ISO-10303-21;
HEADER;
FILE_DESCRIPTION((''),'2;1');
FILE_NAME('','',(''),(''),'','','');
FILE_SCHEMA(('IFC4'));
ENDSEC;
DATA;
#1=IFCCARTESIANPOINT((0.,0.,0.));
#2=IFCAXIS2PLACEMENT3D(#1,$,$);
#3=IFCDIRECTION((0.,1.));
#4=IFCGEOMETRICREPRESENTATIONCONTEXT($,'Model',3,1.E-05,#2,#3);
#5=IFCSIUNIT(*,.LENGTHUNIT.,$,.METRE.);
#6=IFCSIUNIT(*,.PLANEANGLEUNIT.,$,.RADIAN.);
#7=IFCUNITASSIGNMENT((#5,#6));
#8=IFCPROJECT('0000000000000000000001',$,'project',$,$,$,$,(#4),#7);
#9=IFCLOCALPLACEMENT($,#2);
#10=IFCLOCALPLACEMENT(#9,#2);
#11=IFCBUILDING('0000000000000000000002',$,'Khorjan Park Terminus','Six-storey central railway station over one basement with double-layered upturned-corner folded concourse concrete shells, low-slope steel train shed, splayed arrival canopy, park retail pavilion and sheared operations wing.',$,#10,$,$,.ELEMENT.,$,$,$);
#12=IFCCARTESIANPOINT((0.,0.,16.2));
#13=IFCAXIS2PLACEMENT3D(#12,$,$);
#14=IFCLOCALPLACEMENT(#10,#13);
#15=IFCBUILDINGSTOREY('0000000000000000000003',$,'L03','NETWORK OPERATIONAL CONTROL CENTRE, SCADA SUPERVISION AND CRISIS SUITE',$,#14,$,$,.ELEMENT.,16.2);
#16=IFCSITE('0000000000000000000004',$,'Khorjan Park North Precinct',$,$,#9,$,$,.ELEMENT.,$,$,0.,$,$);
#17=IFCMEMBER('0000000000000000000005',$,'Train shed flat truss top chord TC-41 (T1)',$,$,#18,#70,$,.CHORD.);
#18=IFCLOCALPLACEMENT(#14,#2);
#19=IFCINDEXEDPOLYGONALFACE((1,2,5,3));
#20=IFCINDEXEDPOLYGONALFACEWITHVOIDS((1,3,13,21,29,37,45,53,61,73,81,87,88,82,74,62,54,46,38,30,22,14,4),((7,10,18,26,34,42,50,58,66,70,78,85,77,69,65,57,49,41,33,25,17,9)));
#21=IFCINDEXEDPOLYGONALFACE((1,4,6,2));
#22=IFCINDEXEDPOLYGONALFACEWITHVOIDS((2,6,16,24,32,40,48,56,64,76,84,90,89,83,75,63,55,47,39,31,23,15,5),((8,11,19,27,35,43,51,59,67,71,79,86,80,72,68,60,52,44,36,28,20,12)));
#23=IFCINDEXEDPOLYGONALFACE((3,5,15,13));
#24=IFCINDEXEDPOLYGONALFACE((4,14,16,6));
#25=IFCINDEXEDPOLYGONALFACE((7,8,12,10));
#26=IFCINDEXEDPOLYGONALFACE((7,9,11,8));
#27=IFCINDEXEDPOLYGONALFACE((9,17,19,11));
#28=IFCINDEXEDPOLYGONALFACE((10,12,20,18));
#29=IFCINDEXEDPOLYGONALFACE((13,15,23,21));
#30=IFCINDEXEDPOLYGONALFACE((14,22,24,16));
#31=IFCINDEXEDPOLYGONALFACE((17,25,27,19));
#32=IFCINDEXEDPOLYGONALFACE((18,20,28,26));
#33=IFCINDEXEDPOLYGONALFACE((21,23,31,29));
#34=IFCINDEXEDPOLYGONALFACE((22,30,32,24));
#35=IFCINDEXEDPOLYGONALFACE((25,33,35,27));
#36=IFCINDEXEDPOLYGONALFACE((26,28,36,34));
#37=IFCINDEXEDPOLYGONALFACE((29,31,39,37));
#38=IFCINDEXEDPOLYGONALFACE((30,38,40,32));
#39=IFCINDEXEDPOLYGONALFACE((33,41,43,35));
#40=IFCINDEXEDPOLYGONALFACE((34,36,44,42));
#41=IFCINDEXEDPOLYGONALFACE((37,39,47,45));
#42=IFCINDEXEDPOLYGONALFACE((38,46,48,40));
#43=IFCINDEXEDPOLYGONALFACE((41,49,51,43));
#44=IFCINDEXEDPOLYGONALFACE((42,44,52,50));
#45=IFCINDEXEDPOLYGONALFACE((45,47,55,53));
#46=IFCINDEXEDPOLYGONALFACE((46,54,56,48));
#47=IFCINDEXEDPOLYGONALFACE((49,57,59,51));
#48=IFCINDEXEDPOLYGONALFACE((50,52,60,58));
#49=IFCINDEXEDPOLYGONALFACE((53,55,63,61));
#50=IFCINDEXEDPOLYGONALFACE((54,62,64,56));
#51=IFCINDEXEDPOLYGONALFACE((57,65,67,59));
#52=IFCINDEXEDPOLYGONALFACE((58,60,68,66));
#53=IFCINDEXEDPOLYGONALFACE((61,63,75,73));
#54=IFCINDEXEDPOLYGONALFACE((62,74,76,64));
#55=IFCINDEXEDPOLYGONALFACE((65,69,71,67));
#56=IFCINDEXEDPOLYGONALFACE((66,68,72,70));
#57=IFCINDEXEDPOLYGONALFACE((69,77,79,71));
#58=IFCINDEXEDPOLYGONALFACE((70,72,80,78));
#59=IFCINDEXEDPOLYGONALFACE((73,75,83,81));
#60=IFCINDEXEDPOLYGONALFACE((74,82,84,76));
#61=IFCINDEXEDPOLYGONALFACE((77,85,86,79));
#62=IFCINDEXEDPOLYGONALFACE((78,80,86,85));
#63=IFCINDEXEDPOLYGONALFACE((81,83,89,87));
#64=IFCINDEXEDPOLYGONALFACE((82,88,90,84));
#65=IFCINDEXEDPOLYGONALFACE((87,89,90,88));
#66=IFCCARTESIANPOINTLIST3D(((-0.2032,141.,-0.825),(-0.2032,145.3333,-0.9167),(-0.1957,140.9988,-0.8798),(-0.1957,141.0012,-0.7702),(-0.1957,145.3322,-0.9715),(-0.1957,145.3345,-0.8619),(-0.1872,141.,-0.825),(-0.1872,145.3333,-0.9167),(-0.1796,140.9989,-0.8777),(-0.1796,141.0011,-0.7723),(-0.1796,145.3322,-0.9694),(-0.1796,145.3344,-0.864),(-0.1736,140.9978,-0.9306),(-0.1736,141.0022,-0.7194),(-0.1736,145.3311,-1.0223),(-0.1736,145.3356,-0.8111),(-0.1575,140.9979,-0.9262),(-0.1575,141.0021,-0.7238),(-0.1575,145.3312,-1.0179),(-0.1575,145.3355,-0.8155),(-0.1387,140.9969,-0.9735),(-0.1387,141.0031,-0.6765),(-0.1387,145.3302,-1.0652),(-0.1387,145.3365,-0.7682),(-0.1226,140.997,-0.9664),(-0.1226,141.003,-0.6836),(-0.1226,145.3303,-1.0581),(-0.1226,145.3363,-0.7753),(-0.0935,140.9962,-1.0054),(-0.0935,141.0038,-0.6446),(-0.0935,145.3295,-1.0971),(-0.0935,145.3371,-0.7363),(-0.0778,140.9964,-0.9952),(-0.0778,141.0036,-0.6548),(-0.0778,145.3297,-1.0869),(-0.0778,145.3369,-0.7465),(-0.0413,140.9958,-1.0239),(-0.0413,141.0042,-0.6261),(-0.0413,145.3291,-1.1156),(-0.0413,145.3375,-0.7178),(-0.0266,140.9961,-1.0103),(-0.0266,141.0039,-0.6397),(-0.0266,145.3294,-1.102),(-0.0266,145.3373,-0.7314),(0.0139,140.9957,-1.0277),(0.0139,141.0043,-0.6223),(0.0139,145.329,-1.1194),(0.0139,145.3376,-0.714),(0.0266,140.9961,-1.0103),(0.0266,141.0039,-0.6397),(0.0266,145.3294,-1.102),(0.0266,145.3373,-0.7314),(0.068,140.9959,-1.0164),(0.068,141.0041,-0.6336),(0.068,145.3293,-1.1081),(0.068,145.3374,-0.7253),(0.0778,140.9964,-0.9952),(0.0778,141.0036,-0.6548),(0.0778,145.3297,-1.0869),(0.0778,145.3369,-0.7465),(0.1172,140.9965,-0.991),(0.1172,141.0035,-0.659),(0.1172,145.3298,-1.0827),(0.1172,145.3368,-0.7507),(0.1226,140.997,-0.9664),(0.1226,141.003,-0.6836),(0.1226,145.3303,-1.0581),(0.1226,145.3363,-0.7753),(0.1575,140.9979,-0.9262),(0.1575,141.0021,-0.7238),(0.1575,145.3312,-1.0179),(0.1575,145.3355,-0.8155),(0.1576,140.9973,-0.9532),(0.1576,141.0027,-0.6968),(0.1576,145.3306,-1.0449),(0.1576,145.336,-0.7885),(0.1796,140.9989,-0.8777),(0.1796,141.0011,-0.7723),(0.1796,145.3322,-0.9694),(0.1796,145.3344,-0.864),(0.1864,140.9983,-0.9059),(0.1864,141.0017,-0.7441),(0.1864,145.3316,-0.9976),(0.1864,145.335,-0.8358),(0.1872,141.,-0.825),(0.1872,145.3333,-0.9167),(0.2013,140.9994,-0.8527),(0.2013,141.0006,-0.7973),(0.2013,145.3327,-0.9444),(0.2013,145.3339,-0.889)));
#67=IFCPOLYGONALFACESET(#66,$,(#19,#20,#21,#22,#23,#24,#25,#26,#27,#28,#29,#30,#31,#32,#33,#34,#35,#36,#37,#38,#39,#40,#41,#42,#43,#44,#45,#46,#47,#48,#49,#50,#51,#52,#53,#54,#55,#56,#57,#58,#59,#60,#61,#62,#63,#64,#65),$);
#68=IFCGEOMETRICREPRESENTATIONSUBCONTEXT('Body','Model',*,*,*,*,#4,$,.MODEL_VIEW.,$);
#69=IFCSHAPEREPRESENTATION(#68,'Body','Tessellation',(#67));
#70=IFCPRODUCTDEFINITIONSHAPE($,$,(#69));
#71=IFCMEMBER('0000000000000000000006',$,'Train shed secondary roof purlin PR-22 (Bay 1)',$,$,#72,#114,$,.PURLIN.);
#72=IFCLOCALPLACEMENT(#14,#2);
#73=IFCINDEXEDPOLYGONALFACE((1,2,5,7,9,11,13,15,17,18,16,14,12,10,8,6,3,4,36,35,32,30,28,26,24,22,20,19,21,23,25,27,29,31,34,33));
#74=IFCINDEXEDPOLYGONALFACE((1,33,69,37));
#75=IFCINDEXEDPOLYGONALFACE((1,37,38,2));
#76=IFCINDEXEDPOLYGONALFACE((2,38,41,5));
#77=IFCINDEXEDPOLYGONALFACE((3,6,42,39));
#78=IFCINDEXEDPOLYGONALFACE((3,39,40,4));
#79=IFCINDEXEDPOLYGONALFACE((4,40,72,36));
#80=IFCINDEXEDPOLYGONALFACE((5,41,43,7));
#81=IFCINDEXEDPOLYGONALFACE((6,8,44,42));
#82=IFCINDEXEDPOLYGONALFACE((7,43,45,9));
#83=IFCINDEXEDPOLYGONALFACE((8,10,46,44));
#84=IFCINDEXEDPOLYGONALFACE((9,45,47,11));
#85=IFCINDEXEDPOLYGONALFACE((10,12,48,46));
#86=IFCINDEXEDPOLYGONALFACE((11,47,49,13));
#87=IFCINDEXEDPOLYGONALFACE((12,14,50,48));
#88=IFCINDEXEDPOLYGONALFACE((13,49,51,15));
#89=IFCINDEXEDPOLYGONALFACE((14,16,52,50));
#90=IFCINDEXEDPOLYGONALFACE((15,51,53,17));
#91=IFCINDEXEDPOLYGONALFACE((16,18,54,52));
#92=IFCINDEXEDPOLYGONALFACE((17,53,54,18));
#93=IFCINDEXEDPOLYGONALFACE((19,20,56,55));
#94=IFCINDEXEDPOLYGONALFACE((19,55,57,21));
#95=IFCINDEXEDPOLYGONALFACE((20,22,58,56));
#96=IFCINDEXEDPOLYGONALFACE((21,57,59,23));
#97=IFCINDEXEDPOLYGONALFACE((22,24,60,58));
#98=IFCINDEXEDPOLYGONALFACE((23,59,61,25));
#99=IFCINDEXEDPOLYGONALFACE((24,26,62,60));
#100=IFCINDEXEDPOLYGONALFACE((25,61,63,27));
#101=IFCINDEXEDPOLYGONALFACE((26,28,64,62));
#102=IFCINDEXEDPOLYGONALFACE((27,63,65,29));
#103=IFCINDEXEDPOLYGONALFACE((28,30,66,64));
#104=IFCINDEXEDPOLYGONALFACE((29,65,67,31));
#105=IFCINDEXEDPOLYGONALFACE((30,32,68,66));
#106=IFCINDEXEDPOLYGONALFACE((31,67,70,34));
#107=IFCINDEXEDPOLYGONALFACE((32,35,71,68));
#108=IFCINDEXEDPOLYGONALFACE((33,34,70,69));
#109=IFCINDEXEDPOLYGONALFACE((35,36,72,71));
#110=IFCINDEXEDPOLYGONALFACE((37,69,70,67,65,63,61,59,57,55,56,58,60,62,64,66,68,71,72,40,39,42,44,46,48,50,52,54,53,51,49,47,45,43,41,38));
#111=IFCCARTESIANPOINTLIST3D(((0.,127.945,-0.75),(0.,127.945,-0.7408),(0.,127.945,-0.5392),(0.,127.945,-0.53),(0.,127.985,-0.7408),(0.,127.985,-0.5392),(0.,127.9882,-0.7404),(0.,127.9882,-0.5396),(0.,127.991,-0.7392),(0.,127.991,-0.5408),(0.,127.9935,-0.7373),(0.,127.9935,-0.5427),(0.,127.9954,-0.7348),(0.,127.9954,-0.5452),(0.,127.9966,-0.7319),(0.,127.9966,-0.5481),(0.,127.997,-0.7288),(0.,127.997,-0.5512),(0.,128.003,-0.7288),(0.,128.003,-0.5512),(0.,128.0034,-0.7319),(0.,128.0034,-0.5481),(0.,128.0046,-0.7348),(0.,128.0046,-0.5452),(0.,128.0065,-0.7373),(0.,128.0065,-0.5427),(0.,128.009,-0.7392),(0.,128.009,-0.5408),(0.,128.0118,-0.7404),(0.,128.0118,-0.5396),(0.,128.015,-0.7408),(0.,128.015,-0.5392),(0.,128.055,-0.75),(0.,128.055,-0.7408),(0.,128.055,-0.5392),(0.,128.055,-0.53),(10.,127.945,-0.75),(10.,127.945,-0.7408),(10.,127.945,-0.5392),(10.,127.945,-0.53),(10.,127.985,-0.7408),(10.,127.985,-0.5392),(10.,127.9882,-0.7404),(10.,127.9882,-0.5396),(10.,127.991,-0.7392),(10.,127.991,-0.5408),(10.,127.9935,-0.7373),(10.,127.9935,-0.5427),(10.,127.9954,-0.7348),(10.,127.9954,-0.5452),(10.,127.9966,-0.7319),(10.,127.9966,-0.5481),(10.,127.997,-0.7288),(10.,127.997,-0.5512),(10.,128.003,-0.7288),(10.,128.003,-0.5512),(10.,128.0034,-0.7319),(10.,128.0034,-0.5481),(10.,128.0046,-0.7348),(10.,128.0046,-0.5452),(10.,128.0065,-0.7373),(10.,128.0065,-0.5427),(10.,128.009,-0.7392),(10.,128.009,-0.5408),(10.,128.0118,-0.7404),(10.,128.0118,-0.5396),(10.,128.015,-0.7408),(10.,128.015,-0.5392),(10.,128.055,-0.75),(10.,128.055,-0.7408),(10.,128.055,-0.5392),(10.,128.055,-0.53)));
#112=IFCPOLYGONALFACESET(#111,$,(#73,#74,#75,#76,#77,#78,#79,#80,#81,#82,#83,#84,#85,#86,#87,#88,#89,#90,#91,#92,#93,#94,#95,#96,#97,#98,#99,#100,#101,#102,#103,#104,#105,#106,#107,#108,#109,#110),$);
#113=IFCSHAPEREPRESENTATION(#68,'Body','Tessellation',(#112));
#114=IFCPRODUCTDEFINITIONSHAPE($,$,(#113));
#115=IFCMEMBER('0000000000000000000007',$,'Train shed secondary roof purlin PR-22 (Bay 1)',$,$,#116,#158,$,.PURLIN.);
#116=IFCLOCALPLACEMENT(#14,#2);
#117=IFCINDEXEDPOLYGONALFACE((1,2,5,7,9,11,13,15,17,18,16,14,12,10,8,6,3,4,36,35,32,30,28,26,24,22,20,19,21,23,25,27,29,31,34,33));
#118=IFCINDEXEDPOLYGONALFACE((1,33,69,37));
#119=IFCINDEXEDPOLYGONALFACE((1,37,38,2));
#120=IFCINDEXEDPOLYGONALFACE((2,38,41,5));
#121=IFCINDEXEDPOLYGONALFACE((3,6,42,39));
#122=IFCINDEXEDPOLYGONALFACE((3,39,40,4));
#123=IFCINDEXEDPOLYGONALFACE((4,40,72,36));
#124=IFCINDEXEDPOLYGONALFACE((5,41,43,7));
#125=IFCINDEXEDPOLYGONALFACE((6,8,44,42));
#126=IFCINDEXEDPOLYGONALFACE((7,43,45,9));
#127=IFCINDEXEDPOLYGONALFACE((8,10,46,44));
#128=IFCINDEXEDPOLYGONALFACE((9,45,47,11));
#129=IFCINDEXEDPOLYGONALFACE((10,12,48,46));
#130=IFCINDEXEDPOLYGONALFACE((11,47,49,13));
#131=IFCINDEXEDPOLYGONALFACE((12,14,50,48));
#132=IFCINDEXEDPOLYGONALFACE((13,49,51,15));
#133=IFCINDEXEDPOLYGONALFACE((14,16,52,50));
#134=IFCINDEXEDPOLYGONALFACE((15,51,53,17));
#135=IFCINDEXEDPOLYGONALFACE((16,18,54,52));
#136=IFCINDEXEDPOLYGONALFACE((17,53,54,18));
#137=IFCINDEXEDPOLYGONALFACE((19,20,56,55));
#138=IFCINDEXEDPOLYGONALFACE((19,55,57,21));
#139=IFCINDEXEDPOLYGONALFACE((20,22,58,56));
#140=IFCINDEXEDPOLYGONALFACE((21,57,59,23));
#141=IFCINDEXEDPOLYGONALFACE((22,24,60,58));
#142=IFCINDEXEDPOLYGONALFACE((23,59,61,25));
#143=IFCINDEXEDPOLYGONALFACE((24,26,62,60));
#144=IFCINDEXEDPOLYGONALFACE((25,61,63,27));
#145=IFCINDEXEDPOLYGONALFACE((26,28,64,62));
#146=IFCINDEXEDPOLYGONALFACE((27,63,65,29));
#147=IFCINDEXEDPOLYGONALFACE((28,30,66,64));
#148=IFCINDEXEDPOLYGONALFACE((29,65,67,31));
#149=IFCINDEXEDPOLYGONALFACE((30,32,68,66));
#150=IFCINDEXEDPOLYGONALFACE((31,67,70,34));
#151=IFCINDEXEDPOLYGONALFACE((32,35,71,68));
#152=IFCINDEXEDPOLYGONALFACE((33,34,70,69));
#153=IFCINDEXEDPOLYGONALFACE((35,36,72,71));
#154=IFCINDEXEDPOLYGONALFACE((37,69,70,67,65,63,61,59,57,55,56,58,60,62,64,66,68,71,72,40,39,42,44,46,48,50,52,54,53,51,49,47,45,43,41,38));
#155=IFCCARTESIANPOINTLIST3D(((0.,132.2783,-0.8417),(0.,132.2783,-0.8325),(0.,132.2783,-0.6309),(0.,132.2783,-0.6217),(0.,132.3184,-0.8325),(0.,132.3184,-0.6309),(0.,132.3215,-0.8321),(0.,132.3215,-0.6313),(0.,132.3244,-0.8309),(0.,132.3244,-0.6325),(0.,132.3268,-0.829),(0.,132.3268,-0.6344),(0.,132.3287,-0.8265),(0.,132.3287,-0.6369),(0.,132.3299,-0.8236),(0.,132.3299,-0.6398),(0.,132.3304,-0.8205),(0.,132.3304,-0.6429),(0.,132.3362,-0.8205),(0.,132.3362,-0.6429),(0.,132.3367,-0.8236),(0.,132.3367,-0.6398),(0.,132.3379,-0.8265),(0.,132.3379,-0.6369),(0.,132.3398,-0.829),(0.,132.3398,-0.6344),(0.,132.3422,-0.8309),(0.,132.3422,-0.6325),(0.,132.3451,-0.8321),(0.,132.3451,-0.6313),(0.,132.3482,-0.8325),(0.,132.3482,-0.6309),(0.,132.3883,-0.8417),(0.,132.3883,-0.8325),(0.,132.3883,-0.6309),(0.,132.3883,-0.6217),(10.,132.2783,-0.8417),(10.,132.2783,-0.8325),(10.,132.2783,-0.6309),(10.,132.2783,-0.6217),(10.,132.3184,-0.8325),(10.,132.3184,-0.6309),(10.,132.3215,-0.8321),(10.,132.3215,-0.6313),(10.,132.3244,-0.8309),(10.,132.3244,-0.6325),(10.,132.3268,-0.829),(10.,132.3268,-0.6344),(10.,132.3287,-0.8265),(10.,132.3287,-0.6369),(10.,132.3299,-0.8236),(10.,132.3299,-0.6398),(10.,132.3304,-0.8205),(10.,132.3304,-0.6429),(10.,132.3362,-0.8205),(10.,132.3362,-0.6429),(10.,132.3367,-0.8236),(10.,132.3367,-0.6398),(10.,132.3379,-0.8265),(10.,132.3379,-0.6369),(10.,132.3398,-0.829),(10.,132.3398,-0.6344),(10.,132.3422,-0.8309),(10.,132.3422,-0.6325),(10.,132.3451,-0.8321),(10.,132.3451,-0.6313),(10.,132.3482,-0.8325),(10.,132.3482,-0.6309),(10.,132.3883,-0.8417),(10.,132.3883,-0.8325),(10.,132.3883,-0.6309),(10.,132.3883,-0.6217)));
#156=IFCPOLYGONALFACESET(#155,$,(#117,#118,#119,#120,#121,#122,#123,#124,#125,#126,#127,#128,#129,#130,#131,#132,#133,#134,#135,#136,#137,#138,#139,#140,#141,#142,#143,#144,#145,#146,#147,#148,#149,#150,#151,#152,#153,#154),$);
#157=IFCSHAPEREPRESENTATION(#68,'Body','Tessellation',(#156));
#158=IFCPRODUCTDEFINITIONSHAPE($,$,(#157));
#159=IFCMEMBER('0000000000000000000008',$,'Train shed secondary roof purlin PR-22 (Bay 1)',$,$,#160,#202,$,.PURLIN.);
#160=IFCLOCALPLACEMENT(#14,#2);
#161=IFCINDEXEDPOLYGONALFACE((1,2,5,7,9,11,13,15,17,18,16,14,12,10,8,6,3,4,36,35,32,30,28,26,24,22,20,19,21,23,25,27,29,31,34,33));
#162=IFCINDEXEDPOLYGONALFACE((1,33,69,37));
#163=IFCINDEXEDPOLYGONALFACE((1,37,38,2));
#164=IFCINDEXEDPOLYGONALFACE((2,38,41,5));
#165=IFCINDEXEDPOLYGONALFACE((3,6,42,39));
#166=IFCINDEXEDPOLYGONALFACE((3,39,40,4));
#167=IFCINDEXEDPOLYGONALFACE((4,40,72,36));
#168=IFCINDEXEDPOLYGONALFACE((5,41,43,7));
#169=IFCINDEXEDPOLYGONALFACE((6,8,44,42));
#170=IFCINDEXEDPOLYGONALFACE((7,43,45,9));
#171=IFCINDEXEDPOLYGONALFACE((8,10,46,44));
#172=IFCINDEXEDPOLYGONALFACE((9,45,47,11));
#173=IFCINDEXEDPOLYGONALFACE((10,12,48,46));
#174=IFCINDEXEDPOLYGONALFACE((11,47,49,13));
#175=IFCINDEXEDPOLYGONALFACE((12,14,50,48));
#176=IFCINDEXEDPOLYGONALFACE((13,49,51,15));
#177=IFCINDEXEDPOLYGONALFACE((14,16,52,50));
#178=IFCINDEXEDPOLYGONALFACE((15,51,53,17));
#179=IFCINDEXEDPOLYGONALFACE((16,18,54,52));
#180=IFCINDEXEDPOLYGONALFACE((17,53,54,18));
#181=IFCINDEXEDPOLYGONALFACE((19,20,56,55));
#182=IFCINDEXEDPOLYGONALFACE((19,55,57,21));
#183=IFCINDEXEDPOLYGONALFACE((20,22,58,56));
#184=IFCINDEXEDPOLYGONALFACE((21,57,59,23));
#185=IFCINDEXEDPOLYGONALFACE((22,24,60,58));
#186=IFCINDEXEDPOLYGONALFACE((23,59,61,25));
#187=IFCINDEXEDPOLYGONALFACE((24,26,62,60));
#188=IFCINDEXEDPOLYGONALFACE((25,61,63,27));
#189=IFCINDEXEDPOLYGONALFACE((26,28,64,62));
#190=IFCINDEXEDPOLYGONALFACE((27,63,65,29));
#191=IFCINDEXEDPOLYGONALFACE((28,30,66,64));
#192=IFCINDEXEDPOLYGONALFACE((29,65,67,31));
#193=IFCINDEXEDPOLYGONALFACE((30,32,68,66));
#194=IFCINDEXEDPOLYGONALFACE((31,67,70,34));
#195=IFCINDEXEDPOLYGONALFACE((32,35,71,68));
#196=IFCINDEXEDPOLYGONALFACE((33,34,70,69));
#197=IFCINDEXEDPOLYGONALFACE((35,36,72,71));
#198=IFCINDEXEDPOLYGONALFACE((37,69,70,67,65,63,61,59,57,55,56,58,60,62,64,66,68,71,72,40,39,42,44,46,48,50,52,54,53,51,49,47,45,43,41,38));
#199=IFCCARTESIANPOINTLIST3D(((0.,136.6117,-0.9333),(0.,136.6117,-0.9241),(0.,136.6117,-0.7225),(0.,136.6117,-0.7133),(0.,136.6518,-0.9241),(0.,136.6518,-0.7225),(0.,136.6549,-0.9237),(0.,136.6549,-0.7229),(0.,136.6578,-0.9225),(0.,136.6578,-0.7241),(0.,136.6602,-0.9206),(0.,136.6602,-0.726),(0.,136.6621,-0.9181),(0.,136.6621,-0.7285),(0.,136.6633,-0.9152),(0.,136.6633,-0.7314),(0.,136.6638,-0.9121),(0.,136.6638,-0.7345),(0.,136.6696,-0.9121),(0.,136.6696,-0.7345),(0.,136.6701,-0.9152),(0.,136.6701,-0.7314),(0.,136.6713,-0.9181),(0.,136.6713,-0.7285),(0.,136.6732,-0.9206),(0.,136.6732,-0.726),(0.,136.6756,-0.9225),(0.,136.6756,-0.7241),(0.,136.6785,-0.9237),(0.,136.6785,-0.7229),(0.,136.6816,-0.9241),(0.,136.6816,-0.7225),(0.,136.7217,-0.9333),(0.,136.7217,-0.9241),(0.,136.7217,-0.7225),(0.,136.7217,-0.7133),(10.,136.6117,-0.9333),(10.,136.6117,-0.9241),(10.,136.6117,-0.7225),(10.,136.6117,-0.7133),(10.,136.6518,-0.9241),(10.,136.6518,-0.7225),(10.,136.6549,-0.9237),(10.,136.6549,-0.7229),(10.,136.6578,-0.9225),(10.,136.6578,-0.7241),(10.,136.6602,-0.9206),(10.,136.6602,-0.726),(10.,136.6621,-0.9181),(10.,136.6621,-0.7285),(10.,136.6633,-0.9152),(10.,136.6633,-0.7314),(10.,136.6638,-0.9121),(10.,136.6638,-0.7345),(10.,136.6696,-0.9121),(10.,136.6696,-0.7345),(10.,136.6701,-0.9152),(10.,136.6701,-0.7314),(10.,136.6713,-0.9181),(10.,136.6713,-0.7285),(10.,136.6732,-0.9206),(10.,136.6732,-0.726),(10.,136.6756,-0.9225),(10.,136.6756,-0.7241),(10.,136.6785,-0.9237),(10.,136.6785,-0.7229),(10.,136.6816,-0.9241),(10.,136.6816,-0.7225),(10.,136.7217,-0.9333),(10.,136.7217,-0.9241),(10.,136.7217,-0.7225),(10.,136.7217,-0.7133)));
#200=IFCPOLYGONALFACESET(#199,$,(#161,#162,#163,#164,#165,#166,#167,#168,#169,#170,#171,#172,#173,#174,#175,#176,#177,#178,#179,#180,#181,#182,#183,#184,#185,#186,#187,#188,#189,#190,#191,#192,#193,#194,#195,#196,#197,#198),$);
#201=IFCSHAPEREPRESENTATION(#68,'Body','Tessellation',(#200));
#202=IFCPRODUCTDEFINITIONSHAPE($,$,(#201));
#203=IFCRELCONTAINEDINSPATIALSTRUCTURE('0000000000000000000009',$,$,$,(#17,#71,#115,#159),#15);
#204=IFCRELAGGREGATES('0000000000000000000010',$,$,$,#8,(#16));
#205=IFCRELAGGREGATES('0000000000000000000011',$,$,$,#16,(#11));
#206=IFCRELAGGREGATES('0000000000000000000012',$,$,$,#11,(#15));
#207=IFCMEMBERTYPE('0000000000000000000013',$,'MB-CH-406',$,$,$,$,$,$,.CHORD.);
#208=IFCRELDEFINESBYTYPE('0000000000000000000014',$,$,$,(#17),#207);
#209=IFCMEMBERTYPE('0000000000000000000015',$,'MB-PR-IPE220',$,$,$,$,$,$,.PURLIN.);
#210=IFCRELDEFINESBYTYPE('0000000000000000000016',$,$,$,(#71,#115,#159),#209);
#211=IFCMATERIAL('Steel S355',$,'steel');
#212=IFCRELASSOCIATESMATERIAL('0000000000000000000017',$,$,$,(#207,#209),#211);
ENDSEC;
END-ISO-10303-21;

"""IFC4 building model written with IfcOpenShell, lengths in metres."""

from ifc_helpers import new_model, si_unit, direction, frame, origin, origin_2d, place, context, subcontext, project, spatial, hollow_circle, i_section, extrude, material, material_profile, profile_set, type_object, element, save


model = new_model("IFC4")

# Units and contexts
model_context = context("Model", 3, precision=1e-05, world=origin(), true_north=direction((0.0, 1.0)))
body_context = subcontext(model_context, "Body", "Model", "MODEL_VIEW")
ifc_project = project(units=[si_unit("LENGTHUNIT", "METRE"), si_unit("PLANEANGLEUNIT", "RADIAN")], contexts=[model_context])

# Site, building, storey
site_placement = place(None, origin())
site = spatial("IfcSite", under=ifc_project, at=site_placement, Name="Khorjan Park North Precinct", CompositionType="ELEMENT", RefElevation=0.0)
building_placement = place(site_placement, origin())
building = spatial("IfcBuilding", under=site, at=building_placement, Name="Khorjan Park Terminus", Description="Six-storey central railway station over one basement with double-layered upturned-corner folded concourse concrete shells, low-slope steel train shed, splayed arrival canopy, park retail pavilion and sheared operations wing.", CompositionType="ELEMENT")
storey_placement = place(building_placement, frame((0.0, 0.0, 16.2)))
storey = spatial("IfcBuildingStorey", under=building, at=storey_placement, Name="L03", Description="NETWORK OPERATIONAL CONTROL CENTRE, SCADA SUPERVISION AND CRISIS SUITE", CompositionType="ELEMENT", Elevation=16.2)

# Members
ifc_material_1 = material(Name="Steel S355", Category="steel")
ifc_material_profile_1 = material_profile(ifc_material_1, hollow_circle(Radius=0.2032, WallThickness=0.016, at=origin_2d()), Name="CHS 406.4x16")
ifc_profile_set_1 = profile_set([ifc_material_profile_1], Name="Steel S355")
member_type_1 = type_object("IfcMemberType", Name="MB-CH-406", PredefinedType="CHORD", material=ifc_profile_set_1)
for number, where, z_axis, x_axis, name in (
    (1, (0.0, 141.0, -0.825), (0.0, 0.999776, -0.021157), (-1.0, 0.0, 0.0), "Train shed flat truss top chord TC-41 (T1)"),
):
    element("IfcMember", number, at=place(storey_placement, frame(where, z_axis=z_axis, x_axis=x_axis)), inside=storey, type_object=member_type_1, Name=name, PredefinedType="CHORD", context=body_context, shape_type="SweptSolid", body=[
        extrude(hollow_circle(Radius=0.2032, WallThickness=0.016, at=origin_2d()), origin(), (0.0, 0.0, 1.0), 4.3343),
    ])
ifc_material_profile_2 = material_profile(ifc_material_1, i_section(OverallWidth=0.11, OverallDepth=0.22, WebThickness=0.0059, FlangeThickness=0.0092, FilletRadius=0.012, at=origin_2d()), Name="IPE 220")
ifc_profile_set_2 = profile_set([ifc_material_profile_2], Name="Steel S355")
member_type_2 = type_object("IfcMemberType", Name="MB-PR-IPE220", PredefinedType="PURLIN", material=ifc_profile_set_2)
for number, where, z_axis, x_axis, name in (
    (2, (0.0, 128.0, -0.64), (1.0, 0.0, 0.0), (0.0, 1.0, 0.0), "Train shed secondary roof purlin PR-22 (Bay 1)"),
    (3, (0.0, 132.3333, -0.7317), (1.0, 0.0, 0.0), (0.0, 1.0, 0.0), "Train shed secondary roof purlin PR-22 (Bay 1)"),
    (4, (0.0, 136.6667, -0.8233), (1.0, 0.0, 0.0), (0.0, 1.0, 0.0), "Train shed secondary roof purlin PR-22 (Bay 1)"),
):
    element("IfcMember", number, at=place(storey_placement, frame(where, z_axis=z_axis, x_axis=x_axis)), inside=storey, type_object=member_type_2, Name=name, PredefinedType="PURLIN", context=body_context, shape_type="SweptSolid", body=[
        extrude(i_section(OverallWidth=0.11, OverallDepth=0.22, WebThickness=0.0059, FlangeThickness=0.0092, FilletRadius=0.012, at=origin_2d()), origin(), (0.0, 0.0, 1.0), 10.0),
    ])

save(model, "model.ifc")
